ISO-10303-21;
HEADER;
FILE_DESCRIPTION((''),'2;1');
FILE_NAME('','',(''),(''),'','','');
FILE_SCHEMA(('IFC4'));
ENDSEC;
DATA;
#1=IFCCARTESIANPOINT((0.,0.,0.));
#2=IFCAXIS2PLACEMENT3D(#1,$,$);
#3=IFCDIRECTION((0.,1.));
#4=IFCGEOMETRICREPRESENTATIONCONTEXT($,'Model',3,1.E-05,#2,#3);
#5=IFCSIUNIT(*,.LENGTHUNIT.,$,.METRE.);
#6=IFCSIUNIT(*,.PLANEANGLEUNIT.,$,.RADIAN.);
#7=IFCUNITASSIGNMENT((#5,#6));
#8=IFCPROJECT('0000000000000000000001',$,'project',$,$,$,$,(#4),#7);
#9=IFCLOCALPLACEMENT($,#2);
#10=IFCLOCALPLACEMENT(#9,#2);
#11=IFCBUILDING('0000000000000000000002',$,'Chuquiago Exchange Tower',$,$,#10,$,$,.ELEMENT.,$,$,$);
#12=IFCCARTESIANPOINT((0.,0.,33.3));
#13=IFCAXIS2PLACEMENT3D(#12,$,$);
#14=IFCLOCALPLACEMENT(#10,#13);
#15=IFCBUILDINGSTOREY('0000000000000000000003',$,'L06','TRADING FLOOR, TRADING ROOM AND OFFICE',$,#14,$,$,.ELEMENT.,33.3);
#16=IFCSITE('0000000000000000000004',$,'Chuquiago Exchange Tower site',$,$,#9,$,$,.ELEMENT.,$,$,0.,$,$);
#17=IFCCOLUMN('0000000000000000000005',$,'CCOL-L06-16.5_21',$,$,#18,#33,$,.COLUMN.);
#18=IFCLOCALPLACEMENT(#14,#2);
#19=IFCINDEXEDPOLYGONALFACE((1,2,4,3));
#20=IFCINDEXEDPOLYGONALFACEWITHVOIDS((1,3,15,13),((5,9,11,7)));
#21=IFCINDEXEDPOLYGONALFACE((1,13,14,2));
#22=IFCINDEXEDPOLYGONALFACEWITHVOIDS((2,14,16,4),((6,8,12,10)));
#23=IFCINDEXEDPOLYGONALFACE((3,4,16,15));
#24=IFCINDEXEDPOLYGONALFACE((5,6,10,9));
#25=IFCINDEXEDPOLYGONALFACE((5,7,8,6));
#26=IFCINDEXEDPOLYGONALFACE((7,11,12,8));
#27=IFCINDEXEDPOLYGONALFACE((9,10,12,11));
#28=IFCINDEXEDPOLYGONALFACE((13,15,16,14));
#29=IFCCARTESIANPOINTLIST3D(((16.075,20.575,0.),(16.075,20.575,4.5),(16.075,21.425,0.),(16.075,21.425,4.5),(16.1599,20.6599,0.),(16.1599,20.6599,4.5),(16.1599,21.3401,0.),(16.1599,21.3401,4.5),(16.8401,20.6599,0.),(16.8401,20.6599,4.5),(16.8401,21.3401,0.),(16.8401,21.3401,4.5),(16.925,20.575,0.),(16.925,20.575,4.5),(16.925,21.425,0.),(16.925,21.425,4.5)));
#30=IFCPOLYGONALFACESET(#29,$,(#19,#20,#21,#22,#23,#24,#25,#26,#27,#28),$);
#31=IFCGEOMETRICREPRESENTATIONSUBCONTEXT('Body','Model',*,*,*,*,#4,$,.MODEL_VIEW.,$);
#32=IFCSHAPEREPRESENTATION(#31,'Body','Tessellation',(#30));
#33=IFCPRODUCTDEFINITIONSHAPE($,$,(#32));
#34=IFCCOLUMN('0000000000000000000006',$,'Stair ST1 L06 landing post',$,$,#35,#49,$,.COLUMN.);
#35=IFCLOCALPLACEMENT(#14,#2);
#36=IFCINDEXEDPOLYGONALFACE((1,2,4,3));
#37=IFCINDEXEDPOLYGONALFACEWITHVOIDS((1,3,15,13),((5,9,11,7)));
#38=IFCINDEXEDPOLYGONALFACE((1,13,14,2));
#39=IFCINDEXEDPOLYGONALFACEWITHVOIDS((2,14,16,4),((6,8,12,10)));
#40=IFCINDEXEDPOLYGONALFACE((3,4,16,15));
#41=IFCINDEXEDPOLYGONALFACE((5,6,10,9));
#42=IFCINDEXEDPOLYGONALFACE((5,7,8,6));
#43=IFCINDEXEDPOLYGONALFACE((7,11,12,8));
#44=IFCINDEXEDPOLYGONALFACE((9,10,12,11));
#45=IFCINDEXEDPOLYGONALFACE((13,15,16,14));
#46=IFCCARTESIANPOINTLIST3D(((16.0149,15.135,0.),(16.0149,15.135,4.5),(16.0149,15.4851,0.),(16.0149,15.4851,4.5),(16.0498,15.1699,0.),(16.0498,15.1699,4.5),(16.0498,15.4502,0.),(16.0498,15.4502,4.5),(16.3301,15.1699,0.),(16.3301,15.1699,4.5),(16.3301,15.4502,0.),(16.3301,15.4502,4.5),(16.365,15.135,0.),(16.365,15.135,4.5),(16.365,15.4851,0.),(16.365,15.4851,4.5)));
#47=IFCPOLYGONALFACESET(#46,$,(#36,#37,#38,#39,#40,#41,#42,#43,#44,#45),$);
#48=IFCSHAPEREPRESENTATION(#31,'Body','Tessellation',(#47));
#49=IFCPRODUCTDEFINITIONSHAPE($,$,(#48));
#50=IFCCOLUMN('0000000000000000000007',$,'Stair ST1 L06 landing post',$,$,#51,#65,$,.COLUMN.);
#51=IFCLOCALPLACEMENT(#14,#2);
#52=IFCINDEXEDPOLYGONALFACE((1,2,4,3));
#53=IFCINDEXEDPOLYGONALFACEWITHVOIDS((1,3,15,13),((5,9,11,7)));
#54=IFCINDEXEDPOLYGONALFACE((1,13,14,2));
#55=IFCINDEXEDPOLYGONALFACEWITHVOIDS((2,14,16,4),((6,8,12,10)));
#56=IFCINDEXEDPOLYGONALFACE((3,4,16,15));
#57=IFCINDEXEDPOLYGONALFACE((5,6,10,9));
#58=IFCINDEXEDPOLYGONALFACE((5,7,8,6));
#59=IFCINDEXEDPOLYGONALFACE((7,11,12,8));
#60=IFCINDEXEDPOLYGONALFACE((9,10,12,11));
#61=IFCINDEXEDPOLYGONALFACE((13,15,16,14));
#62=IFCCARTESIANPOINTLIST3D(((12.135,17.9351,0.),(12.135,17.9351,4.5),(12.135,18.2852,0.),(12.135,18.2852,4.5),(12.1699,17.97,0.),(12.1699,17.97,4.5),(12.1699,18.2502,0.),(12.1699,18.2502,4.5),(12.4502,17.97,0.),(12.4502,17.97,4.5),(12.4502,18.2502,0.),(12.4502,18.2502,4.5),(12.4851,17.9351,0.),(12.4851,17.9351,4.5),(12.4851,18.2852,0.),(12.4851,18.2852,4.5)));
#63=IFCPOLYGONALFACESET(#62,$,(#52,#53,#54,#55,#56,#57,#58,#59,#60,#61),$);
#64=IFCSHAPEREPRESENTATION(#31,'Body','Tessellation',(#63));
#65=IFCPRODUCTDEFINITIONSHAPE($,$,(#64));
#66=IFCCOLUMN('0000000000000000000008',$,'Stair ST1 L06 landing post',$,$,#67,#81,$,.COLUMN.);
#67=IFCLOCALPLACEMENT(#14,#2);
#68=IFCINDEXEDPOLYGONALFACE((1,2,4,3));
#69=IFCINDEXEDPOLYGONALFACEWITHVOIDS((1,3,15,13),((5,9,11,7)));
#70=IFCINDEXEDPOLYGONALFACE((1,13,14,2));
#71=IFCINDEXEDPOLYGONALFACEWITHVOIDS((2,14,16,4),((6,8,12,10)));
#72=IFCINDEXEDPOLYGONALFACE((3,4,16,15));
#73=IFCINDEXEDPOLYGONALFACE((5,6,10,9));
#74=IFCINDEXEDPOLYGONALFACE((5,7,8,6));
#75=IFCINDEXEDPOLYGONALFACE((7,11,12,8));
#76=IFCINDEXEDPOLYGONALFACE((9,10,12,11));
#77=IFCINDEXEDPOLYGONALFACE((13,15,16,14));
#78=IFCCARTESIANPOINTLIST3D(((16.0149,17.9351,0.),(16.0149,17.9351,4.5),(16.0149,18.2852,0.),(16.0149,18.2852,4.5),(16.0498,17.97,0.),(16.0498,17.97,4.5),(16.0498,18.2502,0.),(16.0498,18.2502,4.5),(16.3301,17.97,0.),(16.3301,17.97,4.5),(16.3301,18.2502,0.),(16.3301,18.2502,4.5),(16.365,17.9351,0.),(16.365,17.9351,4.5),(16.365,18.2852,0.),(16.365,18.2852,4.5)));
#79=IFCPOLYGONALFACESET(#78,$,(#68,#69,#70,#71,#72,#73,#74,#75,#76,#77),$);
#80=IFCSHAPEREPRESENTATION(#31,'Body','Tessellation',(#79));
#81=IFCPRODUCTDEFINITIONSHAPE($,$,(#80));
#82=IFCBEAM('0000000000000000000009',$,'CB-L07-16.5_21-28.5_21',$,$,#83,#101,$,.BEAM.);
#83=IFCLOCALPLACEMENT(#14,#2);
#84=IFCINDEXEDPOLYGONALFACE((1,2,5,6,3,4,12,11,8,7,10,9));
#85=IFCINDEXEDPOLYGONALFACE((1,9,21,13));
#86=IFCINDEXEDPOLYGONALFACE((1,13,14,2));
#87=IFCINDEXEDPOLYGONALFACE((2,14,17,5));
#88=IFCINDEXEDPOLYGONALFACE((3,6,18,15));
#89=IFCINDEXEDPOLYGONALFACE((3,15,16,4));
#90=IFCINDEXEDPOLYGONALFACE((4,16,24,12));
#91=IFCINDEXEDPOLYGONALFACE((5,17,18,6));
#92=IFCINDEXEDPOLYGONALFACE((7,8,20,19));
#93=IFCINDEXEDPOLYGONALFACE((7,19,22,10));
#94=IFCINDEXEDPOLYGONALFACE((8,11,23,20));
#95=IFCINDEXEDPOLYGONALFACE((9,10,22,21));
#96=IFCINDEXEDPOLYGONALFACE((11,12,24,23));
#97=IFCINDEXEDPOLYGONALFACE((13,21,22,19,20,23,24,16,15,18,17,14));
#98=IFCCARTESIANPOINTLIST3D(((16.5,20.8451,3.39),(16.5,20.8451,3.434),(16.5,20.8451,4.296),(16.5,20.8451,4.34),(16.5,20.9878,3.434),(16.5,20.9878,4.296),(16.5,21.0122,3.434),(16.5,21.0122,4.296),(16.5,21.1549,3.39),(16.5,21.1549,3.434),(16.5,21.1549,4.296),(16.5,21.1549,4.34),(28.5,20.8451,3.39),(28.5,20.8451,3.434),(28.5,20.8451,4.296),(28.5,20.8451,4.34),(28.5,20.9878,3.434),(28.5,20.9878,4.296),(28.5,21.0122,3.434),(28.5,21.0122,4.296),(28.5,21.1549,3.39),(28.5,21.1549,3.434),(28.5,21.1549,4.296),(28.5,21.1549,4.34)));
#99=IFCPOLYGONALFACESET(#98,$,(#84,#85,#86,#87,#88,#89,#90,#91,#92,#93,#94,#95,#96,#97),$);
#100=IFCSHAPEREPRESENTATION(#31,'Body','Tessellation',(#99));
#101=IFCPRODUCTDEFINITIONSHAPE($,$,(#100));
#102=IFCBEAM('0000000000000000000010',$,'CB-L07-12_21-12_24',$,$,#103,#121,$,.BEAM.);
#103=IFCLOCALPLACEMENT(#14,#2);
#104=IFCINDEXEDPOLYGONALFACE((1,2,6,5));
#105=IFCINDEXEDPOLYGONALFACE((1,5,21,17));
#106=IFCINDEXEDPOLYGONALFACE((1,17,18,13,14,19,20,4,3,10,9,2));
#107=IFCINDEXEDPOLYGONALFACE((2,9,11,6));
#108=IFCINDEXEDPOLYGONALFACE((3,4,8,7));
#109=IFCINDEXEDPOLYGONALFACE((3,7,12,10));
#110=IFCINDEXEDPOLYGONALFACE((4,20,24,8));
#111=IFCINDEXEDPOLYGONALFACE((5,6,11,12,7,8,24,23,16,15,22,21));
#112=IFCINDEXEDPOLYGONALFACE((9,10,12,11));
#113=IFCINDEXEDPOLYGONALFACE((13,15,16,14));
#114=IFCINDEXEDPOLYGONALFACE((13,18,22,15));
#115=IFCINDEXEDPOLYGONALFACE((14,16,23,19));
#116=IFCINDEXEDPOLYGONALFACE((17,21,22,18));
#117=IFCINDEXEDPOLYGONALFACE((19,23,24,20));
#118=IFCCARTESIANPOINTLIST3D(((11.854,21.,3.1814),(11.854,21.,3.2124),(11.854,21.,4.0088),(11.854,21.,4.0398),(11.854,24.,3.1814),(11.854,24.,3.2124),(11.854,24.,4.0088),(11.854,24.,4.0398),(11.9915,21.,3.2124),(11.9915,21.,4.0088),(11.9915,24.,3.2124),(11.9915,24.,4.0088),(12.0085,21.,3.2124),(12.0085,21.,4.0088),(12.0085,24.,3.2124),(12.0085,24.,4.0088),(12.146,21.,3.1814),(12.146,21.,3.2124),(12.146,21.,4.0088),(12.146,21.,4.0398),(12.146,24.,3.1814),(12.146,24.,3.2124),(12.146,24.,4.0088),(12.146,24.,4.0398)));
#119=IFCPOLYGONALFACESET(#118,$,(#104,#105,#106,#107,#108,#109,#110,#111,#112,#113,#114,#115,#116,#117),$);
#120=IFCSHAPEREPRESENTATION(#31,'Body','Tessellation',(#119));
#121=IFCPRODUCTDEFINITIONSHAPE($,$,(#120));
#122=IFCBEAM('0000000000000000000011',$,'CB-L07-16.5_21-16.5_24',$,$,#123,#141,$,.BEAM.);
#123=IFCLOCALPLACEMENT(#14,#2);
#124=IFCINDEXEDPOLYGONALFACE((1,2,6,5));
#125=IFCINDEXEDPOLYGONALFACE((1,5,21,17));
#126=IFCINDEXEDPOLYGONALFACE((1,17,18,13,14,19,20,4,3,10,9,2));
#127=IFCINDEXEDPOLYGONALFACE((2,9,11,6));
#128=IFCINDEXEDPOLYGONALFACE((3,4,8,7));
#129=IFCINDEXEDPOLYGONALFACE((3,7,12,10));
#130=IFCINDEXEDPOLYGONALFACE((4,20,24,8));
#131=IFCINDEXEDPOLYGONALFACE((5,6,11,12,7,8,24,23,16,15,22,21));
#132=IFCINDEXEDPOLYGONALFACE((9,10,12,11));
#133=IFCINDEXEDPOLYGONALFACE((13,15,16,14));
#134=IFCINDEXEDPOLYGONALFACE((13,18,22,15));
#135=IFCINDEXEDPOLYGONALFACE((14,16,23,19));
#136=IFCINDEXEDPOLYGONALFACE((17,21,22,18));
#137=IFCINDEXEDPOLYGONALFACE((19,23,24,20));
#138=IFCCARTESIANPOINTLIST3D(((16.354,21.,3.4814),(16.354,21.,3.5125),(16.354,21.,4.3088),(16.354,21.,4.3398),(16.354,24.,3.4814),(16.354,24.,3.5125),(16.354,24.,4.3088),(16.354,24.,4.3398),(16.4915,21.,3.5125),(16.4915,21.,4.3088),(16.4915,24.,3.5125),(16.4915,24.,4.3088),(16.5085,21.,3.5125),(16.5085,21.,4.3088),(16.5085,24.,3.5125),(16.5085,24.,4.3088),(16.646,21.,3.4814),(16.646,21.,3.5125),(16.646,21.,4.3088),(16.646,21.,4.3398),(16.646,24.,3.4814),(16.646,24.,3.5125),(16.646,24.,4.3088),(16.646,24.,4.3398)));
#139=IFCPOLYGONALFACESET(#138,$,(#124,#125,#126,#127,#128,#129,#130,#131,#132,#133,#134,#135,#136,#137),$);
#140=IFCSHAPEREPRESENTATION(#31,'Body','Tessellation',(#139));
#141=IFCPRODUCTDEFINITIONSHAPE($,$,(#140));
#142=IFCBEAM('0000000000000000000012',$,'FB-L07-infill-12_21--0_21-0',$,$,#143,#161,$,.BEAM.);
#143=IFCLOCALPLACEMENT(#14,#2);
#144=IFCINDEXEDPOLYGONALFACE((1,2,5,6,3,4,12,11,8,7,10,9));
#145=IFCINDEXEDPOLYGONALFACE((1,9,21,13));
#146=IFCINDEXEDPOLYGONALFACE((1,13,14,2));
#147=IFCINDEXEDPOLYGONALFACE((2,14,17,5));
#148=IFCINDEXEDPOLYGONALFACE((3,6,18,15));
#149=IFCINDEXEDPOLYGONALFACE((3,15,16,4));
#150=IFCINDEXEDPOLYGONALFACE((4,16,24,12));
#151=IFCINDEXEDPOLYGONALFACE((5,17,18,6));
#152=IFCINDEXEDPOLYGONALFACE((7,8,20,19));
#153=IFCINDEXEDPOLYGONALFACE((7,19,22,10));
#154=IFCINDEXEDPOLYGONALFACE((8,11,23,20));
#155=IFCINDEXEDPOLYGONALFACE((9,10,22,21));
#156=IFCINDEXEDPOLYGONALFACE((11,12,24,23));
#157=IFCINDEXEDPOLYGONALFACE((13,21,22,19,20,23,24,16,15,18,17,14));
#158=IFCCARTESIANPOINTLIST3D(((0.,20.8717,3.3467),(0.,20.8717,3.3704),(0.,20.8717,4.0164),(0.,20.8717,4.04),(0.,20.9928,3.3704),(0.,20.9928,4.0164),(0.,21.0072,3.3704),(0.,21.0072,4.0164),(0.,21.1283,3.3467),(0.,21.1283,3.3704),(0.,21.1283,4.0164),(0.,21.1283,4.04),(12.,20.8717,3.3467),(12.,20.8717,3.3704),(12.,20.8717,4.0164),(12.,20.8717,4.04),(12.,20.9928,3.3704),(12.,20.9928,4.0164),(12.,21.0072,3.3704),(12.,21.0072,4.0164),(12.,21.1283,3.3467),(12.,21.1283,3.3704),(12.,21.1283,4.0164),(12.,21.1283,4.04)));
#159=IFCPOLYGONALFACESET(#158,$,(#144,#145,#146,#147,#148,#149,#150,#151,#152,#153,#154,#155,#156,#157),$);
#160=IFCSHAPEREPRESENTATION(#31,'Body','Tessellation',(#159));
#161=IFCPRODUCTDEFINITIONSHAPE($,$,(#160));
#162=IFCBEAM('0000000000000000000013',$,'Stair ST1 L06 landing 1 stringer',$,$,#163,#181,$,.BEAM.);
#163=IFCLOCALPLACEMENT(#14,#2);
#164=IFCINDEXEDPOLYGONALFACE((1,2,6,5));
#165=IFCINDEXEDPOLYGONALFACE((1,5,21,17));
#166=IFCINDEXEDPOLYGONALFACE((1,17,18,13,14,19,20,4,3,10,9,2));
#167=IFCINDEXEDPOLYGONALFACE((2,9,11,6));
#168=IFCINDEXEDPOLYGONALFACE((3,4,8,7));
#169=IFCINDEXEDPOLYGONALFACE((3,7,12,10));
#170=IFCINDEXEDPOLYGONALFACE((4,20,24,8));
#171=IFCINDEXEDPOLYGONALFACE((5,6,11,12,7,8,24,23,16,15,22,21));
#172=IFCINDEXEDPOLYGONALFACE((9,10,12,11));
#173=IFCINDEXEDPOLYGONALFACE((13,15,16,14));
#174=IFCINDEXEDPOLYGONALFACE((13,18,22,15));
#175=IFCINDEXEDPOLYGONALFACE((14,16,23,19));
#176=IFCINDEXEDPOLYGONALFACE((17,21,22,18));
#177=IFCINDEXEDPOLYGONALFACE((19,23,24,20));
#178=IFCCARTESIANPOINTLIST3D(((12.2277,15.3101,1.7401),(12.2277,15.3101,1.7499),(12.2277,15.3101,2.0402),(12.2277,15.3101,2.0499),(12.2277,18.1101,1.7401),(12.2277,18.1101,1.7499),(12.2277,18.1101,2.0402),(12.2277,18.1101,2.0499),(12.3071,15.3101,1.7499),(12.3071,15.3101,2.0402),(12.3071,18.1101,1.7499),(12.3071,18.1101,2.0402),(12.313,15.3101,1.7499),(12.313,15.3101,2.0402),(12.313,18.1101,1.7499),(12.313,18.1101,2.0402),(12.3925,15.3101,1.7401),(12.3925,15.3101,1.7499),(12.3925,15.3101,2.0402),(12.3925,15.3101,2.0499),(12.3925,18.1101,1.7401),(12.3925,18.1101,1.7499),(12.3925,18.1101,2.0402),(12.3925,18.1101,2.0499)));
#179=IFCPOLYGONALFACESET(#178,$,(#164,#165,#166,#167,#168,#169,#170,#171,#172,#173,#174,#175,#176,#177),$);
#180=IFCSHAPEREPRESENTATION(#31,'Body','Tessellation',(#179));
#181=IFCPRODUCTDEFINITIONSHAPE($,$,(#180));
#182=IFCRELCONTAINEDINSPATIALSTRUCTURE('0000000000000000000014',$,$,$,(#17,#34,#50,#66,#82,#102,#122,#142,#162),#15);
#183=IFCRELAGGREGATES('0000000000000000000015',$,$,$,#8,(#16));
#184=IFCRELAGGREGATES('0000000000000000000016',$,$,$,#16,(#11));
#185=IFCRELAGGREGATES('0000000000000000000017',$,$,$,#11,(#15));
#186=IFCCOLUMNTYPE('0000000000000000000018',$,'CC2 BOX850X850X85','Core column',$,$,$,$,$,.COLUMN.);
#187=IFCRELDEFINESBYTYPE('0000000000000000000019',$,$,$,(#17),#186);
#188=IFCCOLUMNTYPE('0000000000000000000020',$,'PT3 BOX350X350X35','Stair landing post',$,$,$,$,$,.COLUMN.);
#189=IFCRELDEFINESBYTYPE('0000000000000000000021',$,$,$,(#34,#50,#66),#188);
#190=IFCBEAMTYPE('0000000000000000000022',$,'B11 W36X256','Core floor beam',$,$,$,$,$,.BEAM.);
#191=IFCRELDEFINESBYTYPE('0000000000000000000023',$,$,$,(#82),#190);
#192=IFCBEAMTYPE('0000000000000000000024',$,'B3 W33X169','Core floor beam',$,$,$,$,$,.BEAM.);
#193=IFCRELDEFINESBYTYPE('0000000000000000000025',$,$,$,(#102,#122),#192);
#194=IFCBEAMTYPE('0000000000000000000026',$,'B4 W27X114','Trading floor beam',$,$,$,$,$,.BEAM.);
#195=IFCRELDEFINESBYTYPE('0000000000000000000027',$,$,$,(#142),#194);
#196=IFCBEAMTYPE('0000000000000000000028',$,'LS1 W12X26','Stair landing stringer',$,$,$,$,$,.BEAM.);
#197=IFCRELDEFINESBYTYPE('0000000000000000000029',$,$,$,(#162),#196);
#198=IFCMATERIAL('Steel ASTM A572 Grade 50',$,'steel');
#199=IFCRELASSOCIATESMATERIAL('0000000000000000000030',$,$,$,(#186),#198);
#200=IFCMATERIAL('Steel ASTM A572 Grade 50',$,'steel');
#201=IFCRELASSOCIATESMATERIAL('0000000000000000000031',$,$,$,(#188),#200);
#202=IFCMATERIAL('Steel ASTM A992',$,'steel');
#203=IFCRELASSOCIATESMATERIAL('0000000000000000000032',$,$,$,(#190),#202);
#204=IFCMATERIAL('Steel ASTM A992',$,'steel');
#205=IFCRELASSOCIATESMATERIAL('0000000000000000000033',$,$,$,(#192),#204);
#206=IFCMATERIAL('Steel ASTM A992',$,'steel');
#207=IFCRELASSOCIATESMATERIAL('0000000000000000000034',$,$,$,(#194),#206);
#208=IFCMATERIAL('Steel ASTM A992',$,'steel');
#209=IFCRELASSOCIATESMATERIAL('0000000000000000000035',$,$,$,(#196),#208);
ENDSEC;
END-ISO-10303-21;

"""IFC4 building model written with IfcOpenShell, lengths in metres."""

from ifc_helpers import new_model, si_unit, direction, frame, origin, origin_2d, place, context, subcontext, project, spatial, hollow_rectangle, i_section, extrude, material, material_profile, profile_set, type_object, element, save


model = new_model("IFC4")

# Units and contexts
model_context = context("Model", 3, precision=1e-05, world=origin(), true_north=direction((0.0, 1.0)))
body_context = subcontext(model_context, "Body", "Model", "MODEL_VIEW")
ifc_project = project(units=[si_unit("LENGTHUNIT", "METRE"), si_unit("PLANEANGLEUNIT", "RADIAN")], contexts=[model_context])

# Site, building, storey
site_placement = place(None, origin())
site = spatial("IfcSite", under=ifc_project, at=site_placement, Name="Chuquiago Exchange Tower site", CompositionType="ELEMENT", RefElevation=0.0)
building_placement = place(site_placement, origin())
building = spatial("IfcBuilding", under=site, at=building_placement, Name="Chuquiago Exchange Tower", CompositionType="ELEMENT")
storey_placement = place(building_placement, frame((0.0, 0.0, 33.3)))
storey = spatial("IfcBuildingStorey", under=building, at=storey_placement, Name="L06", Description="TRADING FLOOR, TRADING ROOM AND OFFICE", CompositionType="ELEMENT", Elevation=33.3)

# Columns
ifc_material_1 = material(Name="Steel ASTM A572 Grade 50", Category="steel")
ifc_material_profile_1 = material_profile(ifc_material_1, hollow_rectangle(XDim=0.8501, YDim=0.8501, WallThickness=0.085, at=origin_2d()), Name="BOX850X850X85")
ifc_profile_set_1 = profile_set([ifc_material_profile_1], Name="Steel ASTM A572 Grade 50")
column_type_1 = type_object("IfcColumnType", Name="CC2 BOX850X850X85", Description="Core column", PredefinedType="COLUMN", material=ifc_profile_set_1)
column_placement = place(storey_placement, frame((16.5, 21.0, 0.0), z_axis=(0.0, 0.0, 1.0), x_axis=(1.0, 0.0, 0.0)))
element("IfcColumn", 1, at=column_placement, inside=storey, type_object=column_type_1, Name="CCOL-L06-16.5_21", PredefinedType="COLUMN", context=body_context, shape_type="SweptSolid", body=[
    extrude(hollow_rectangle(XDim=0.8501, YDim=0.8501, WallThickness=0.085, at=origin_2d()), origin(), (0.0, 0.0, 1.0), 4.5),
])
ifc_material_2 = material(Name="Steel ASTM A572 Grade 50", Category="steel")
ifc_material_profile_2 = material_profile(ifc_material_2, hollow_rectangle(XDim=0.3501, YDim=0.3501, WallThickness=0.0349, at=origin_2d()), Name="BOX350X350X35")
ifc_profile_set_2 = profile_set([ifc_material_profile_2], Name="Steel ASTM A572 Grade 50")
column_type_2 = type_object("IfcColumnType", Name="PT3 BOX350X350X35", Description="Stair landing post", PredefinedType="COLUMN", material=ifc_profile_set_2)
for number, where, z_axis, x_axis, name in (
    (2, (16.1899, 15.3101, 0.0), (0.0, 0.0, 1.0), (1.0, 0.0, 0.0), "Stair ST1 L06 landing post"),
    (3, (12.3101, 18.1101, 0.0), (0.0, 0.0, 1.0), (1.0, 0.0, 0.0), "Stair ST1 L06 landing post"),
    (4, (16.1899, 18.1101, 0.0), (0.0, 0.0, 1.0), (1.0, 0.0, 0.0), "Stair ST1 L06 landing post"),
):
    element("IfcColumn", number, at=place(storey_placement, frame(where, z_axis=z_axis, x_axis=x_axis)), inside=storey, type_object=column_type_2, Name=name, PredefinedType="COLUMN", context=body_context, shape_type="SweptSolid", body=[
        extrude(hollow_rectangle(XDim=0.3501, YDim=0.3501, WallThickness=0.0349, at=origin_2d()), origin(), (0.0, 0.0, 1.0), 4.5),
    ])

# Beams
ifc_material_3 = material(Name="Steel ASTM A992", Category="steel")
ifc_material_profile_3 = material_profile(ifc_material_3, i_section(OverallWidth=0.3098, OverallDepth=0.95, WebThickness=0.0244, FlangeThickness=0.0439, at=origin_2d()), Name="W36X256")
ifc_profile_set_3 = profile_set([ifc_material_profile_3], Name="Steel ASTM A992")
beam_type_1 = type_object("IfcBeamType", Name="B11 W36X256", Description="Core floor beam", PredefinedType="BEAM", material=ifc_profile_set_3)
beam_1_placement = place(storey_placement, frame((16.5, 21.0, 3.865), z_axis=(1.0, 0.0, 0.0), x_axis=(0.0, 1.0, 0.0)))
element("IfcBeam", 5, at=beam_1_placement, inside=storey, type_object=beam_type_1, Name="CB-L07-16.5_21-28.5_21", PredefinedType="BEAM", context=body_context, shape_type="SweptSolid", body=[
    extrude(i_section(OverallWidth=0.3098, OverallDepth=0.95, WebThickness=0.0244, FlangeThickness=0.0439, at=origin_2d()), origin(), (0.0, 0.0, 1.0), 12.0),
])
ifc_material_4 = material(Name="Steel ASTM A992", Category="steel")
ifc_material_profile_4 = material_profile(ifc_material_4, i_section(OverallWidth=0.292, OverallDepth=0.8584, WebThickness=0.0171, FlangeThickness=0.031, at=origin_2d()), Name="W33X169")
ifc_profile_set_4 = profile_set([ifc_material_profile_4], Name="Steel ASTM A992")
beam_type_2 = type_object("IfcBeamType", Name="B3 W33X169", Description="Core floor beam", PredefinedType="BEAM", material=ifc_profile_set_4)
for number, where, z_axis, x_axis, name in (
    (6, (12.0, 21.0, 3.6106), (0.0, 1.0, 0.0), (-1.0, 0.0, 0.0), "CB-L07-12_21-12_24"),
    (7, (16.5, 21.0, 3.9106), (0.0, 1.0, 0.0), (-1.0, 0.0, 0.0), "CB-L07-16.5_21-16.5_24"),
):
    element("IfcBeam", number, at=place(storey_placement, frame(where, z_axis=z_axis, x_axis=x_axis)), inside=storey, type_object=beam_type_2, Name=name, PredefinedType="BEAM", context=body_context, shape_type="SweptSolid", body=[
        extrude(i_section(OverallWidth=0.292, OverallDepth=0.8584, WebThickness=0.0171, FlangeThickness=0.031, at=origin_2d()), origin(), (0.0, 0.0, 1.0), 3.0),
    ])
ifc_material_5 = material(Name="Steel ASTM A992", Category="steel")
ifc_material_profile_5 = material_profile(ifc_material_5, i_section(OverallWidth=0.2566, OverallDepth=0.6934, WebThickness=0.0144, FlangeThickness=0.0237, at=origin_2d()), Name="W27X114")
ifc_profile_set_5 = profile_set([ifc_material_profile_5], Name="Steel ASTM A992")
beam_type_3 = type_object("IfcBeamType", Name="B4 W27X114", Description="Trading floor beam", PredefinedType="BEAM", material=ifc_profile_set_5)
beam_2_placement = place(storey_placement, frame((12.0, 21.0, 3.6934), z_axis=(-1.0, 0.0, 0.0), x_axis=(0.0, -1.0, 0.0)))
element("IfcBeam", 8, at=beam_2_placement, inside=storey, type_object=beam_type_3, Name="FB-L07-infill-12_21--0_21-0", PredefinedType="BEAM", context=body_context, shape_type="SweptSolid", body=[
    extrude(i_section(OverallWidth=0.2566, OverallDepth=0.6934, WebThickness=0.0144, FlangeThickness=0.0237, at=origin_2d()), origin(), (0.0, 0.0, 1.0), 12.0),
])
ifc_material_6 = material(Name="Steel ASTM A992", Category="steel")
ifc_material_profile_6 = material_profile(ifc_material_6, i_section(OverallWidth=0.1648, OverallDepth=0.3098, WebThickness=0.0059, FlangeThickness=0.0098, at=origin_2d()), Name="W12X26")
ifc_profile_set_6 = profile_set([ifc_material_profile_6], Name="Steel ASTM A992")
beam_type_4 = type_object("IfcBeamType", Name="LS1 W12X26", Description="Stair landing stringer", PredefinedType="BEAM", material=ifc_profile_set_6)
for number, where, z_axis, x_axis, name in (
    (9, (12.3101, 15.3101, 1.895), (0.0, 1.0, 0.0), (-1.0, 0.0, 0.0), "Stair ST1 L06 landing 1 stringer"),
):
    element("IfcBeam", number, at=place(storey_placement, frame(where, z_axis=z_axis, x_axis=x_axis)), inside=storey, type_object=beam_type_4, Name=name, PredefinedType="BEAM", context=body_context, shape_type="SweptSolid", body=[
        extrude(i_section(OverallWidth=0.1648, OverallDepth=0.3098, WebThickness=0.0059, FlangeThickness=0.0098, at=origin_2d()), origin(), (0.0, 0.0, 1.0), 2.8),
    ])

save(model, "model.ifc")
